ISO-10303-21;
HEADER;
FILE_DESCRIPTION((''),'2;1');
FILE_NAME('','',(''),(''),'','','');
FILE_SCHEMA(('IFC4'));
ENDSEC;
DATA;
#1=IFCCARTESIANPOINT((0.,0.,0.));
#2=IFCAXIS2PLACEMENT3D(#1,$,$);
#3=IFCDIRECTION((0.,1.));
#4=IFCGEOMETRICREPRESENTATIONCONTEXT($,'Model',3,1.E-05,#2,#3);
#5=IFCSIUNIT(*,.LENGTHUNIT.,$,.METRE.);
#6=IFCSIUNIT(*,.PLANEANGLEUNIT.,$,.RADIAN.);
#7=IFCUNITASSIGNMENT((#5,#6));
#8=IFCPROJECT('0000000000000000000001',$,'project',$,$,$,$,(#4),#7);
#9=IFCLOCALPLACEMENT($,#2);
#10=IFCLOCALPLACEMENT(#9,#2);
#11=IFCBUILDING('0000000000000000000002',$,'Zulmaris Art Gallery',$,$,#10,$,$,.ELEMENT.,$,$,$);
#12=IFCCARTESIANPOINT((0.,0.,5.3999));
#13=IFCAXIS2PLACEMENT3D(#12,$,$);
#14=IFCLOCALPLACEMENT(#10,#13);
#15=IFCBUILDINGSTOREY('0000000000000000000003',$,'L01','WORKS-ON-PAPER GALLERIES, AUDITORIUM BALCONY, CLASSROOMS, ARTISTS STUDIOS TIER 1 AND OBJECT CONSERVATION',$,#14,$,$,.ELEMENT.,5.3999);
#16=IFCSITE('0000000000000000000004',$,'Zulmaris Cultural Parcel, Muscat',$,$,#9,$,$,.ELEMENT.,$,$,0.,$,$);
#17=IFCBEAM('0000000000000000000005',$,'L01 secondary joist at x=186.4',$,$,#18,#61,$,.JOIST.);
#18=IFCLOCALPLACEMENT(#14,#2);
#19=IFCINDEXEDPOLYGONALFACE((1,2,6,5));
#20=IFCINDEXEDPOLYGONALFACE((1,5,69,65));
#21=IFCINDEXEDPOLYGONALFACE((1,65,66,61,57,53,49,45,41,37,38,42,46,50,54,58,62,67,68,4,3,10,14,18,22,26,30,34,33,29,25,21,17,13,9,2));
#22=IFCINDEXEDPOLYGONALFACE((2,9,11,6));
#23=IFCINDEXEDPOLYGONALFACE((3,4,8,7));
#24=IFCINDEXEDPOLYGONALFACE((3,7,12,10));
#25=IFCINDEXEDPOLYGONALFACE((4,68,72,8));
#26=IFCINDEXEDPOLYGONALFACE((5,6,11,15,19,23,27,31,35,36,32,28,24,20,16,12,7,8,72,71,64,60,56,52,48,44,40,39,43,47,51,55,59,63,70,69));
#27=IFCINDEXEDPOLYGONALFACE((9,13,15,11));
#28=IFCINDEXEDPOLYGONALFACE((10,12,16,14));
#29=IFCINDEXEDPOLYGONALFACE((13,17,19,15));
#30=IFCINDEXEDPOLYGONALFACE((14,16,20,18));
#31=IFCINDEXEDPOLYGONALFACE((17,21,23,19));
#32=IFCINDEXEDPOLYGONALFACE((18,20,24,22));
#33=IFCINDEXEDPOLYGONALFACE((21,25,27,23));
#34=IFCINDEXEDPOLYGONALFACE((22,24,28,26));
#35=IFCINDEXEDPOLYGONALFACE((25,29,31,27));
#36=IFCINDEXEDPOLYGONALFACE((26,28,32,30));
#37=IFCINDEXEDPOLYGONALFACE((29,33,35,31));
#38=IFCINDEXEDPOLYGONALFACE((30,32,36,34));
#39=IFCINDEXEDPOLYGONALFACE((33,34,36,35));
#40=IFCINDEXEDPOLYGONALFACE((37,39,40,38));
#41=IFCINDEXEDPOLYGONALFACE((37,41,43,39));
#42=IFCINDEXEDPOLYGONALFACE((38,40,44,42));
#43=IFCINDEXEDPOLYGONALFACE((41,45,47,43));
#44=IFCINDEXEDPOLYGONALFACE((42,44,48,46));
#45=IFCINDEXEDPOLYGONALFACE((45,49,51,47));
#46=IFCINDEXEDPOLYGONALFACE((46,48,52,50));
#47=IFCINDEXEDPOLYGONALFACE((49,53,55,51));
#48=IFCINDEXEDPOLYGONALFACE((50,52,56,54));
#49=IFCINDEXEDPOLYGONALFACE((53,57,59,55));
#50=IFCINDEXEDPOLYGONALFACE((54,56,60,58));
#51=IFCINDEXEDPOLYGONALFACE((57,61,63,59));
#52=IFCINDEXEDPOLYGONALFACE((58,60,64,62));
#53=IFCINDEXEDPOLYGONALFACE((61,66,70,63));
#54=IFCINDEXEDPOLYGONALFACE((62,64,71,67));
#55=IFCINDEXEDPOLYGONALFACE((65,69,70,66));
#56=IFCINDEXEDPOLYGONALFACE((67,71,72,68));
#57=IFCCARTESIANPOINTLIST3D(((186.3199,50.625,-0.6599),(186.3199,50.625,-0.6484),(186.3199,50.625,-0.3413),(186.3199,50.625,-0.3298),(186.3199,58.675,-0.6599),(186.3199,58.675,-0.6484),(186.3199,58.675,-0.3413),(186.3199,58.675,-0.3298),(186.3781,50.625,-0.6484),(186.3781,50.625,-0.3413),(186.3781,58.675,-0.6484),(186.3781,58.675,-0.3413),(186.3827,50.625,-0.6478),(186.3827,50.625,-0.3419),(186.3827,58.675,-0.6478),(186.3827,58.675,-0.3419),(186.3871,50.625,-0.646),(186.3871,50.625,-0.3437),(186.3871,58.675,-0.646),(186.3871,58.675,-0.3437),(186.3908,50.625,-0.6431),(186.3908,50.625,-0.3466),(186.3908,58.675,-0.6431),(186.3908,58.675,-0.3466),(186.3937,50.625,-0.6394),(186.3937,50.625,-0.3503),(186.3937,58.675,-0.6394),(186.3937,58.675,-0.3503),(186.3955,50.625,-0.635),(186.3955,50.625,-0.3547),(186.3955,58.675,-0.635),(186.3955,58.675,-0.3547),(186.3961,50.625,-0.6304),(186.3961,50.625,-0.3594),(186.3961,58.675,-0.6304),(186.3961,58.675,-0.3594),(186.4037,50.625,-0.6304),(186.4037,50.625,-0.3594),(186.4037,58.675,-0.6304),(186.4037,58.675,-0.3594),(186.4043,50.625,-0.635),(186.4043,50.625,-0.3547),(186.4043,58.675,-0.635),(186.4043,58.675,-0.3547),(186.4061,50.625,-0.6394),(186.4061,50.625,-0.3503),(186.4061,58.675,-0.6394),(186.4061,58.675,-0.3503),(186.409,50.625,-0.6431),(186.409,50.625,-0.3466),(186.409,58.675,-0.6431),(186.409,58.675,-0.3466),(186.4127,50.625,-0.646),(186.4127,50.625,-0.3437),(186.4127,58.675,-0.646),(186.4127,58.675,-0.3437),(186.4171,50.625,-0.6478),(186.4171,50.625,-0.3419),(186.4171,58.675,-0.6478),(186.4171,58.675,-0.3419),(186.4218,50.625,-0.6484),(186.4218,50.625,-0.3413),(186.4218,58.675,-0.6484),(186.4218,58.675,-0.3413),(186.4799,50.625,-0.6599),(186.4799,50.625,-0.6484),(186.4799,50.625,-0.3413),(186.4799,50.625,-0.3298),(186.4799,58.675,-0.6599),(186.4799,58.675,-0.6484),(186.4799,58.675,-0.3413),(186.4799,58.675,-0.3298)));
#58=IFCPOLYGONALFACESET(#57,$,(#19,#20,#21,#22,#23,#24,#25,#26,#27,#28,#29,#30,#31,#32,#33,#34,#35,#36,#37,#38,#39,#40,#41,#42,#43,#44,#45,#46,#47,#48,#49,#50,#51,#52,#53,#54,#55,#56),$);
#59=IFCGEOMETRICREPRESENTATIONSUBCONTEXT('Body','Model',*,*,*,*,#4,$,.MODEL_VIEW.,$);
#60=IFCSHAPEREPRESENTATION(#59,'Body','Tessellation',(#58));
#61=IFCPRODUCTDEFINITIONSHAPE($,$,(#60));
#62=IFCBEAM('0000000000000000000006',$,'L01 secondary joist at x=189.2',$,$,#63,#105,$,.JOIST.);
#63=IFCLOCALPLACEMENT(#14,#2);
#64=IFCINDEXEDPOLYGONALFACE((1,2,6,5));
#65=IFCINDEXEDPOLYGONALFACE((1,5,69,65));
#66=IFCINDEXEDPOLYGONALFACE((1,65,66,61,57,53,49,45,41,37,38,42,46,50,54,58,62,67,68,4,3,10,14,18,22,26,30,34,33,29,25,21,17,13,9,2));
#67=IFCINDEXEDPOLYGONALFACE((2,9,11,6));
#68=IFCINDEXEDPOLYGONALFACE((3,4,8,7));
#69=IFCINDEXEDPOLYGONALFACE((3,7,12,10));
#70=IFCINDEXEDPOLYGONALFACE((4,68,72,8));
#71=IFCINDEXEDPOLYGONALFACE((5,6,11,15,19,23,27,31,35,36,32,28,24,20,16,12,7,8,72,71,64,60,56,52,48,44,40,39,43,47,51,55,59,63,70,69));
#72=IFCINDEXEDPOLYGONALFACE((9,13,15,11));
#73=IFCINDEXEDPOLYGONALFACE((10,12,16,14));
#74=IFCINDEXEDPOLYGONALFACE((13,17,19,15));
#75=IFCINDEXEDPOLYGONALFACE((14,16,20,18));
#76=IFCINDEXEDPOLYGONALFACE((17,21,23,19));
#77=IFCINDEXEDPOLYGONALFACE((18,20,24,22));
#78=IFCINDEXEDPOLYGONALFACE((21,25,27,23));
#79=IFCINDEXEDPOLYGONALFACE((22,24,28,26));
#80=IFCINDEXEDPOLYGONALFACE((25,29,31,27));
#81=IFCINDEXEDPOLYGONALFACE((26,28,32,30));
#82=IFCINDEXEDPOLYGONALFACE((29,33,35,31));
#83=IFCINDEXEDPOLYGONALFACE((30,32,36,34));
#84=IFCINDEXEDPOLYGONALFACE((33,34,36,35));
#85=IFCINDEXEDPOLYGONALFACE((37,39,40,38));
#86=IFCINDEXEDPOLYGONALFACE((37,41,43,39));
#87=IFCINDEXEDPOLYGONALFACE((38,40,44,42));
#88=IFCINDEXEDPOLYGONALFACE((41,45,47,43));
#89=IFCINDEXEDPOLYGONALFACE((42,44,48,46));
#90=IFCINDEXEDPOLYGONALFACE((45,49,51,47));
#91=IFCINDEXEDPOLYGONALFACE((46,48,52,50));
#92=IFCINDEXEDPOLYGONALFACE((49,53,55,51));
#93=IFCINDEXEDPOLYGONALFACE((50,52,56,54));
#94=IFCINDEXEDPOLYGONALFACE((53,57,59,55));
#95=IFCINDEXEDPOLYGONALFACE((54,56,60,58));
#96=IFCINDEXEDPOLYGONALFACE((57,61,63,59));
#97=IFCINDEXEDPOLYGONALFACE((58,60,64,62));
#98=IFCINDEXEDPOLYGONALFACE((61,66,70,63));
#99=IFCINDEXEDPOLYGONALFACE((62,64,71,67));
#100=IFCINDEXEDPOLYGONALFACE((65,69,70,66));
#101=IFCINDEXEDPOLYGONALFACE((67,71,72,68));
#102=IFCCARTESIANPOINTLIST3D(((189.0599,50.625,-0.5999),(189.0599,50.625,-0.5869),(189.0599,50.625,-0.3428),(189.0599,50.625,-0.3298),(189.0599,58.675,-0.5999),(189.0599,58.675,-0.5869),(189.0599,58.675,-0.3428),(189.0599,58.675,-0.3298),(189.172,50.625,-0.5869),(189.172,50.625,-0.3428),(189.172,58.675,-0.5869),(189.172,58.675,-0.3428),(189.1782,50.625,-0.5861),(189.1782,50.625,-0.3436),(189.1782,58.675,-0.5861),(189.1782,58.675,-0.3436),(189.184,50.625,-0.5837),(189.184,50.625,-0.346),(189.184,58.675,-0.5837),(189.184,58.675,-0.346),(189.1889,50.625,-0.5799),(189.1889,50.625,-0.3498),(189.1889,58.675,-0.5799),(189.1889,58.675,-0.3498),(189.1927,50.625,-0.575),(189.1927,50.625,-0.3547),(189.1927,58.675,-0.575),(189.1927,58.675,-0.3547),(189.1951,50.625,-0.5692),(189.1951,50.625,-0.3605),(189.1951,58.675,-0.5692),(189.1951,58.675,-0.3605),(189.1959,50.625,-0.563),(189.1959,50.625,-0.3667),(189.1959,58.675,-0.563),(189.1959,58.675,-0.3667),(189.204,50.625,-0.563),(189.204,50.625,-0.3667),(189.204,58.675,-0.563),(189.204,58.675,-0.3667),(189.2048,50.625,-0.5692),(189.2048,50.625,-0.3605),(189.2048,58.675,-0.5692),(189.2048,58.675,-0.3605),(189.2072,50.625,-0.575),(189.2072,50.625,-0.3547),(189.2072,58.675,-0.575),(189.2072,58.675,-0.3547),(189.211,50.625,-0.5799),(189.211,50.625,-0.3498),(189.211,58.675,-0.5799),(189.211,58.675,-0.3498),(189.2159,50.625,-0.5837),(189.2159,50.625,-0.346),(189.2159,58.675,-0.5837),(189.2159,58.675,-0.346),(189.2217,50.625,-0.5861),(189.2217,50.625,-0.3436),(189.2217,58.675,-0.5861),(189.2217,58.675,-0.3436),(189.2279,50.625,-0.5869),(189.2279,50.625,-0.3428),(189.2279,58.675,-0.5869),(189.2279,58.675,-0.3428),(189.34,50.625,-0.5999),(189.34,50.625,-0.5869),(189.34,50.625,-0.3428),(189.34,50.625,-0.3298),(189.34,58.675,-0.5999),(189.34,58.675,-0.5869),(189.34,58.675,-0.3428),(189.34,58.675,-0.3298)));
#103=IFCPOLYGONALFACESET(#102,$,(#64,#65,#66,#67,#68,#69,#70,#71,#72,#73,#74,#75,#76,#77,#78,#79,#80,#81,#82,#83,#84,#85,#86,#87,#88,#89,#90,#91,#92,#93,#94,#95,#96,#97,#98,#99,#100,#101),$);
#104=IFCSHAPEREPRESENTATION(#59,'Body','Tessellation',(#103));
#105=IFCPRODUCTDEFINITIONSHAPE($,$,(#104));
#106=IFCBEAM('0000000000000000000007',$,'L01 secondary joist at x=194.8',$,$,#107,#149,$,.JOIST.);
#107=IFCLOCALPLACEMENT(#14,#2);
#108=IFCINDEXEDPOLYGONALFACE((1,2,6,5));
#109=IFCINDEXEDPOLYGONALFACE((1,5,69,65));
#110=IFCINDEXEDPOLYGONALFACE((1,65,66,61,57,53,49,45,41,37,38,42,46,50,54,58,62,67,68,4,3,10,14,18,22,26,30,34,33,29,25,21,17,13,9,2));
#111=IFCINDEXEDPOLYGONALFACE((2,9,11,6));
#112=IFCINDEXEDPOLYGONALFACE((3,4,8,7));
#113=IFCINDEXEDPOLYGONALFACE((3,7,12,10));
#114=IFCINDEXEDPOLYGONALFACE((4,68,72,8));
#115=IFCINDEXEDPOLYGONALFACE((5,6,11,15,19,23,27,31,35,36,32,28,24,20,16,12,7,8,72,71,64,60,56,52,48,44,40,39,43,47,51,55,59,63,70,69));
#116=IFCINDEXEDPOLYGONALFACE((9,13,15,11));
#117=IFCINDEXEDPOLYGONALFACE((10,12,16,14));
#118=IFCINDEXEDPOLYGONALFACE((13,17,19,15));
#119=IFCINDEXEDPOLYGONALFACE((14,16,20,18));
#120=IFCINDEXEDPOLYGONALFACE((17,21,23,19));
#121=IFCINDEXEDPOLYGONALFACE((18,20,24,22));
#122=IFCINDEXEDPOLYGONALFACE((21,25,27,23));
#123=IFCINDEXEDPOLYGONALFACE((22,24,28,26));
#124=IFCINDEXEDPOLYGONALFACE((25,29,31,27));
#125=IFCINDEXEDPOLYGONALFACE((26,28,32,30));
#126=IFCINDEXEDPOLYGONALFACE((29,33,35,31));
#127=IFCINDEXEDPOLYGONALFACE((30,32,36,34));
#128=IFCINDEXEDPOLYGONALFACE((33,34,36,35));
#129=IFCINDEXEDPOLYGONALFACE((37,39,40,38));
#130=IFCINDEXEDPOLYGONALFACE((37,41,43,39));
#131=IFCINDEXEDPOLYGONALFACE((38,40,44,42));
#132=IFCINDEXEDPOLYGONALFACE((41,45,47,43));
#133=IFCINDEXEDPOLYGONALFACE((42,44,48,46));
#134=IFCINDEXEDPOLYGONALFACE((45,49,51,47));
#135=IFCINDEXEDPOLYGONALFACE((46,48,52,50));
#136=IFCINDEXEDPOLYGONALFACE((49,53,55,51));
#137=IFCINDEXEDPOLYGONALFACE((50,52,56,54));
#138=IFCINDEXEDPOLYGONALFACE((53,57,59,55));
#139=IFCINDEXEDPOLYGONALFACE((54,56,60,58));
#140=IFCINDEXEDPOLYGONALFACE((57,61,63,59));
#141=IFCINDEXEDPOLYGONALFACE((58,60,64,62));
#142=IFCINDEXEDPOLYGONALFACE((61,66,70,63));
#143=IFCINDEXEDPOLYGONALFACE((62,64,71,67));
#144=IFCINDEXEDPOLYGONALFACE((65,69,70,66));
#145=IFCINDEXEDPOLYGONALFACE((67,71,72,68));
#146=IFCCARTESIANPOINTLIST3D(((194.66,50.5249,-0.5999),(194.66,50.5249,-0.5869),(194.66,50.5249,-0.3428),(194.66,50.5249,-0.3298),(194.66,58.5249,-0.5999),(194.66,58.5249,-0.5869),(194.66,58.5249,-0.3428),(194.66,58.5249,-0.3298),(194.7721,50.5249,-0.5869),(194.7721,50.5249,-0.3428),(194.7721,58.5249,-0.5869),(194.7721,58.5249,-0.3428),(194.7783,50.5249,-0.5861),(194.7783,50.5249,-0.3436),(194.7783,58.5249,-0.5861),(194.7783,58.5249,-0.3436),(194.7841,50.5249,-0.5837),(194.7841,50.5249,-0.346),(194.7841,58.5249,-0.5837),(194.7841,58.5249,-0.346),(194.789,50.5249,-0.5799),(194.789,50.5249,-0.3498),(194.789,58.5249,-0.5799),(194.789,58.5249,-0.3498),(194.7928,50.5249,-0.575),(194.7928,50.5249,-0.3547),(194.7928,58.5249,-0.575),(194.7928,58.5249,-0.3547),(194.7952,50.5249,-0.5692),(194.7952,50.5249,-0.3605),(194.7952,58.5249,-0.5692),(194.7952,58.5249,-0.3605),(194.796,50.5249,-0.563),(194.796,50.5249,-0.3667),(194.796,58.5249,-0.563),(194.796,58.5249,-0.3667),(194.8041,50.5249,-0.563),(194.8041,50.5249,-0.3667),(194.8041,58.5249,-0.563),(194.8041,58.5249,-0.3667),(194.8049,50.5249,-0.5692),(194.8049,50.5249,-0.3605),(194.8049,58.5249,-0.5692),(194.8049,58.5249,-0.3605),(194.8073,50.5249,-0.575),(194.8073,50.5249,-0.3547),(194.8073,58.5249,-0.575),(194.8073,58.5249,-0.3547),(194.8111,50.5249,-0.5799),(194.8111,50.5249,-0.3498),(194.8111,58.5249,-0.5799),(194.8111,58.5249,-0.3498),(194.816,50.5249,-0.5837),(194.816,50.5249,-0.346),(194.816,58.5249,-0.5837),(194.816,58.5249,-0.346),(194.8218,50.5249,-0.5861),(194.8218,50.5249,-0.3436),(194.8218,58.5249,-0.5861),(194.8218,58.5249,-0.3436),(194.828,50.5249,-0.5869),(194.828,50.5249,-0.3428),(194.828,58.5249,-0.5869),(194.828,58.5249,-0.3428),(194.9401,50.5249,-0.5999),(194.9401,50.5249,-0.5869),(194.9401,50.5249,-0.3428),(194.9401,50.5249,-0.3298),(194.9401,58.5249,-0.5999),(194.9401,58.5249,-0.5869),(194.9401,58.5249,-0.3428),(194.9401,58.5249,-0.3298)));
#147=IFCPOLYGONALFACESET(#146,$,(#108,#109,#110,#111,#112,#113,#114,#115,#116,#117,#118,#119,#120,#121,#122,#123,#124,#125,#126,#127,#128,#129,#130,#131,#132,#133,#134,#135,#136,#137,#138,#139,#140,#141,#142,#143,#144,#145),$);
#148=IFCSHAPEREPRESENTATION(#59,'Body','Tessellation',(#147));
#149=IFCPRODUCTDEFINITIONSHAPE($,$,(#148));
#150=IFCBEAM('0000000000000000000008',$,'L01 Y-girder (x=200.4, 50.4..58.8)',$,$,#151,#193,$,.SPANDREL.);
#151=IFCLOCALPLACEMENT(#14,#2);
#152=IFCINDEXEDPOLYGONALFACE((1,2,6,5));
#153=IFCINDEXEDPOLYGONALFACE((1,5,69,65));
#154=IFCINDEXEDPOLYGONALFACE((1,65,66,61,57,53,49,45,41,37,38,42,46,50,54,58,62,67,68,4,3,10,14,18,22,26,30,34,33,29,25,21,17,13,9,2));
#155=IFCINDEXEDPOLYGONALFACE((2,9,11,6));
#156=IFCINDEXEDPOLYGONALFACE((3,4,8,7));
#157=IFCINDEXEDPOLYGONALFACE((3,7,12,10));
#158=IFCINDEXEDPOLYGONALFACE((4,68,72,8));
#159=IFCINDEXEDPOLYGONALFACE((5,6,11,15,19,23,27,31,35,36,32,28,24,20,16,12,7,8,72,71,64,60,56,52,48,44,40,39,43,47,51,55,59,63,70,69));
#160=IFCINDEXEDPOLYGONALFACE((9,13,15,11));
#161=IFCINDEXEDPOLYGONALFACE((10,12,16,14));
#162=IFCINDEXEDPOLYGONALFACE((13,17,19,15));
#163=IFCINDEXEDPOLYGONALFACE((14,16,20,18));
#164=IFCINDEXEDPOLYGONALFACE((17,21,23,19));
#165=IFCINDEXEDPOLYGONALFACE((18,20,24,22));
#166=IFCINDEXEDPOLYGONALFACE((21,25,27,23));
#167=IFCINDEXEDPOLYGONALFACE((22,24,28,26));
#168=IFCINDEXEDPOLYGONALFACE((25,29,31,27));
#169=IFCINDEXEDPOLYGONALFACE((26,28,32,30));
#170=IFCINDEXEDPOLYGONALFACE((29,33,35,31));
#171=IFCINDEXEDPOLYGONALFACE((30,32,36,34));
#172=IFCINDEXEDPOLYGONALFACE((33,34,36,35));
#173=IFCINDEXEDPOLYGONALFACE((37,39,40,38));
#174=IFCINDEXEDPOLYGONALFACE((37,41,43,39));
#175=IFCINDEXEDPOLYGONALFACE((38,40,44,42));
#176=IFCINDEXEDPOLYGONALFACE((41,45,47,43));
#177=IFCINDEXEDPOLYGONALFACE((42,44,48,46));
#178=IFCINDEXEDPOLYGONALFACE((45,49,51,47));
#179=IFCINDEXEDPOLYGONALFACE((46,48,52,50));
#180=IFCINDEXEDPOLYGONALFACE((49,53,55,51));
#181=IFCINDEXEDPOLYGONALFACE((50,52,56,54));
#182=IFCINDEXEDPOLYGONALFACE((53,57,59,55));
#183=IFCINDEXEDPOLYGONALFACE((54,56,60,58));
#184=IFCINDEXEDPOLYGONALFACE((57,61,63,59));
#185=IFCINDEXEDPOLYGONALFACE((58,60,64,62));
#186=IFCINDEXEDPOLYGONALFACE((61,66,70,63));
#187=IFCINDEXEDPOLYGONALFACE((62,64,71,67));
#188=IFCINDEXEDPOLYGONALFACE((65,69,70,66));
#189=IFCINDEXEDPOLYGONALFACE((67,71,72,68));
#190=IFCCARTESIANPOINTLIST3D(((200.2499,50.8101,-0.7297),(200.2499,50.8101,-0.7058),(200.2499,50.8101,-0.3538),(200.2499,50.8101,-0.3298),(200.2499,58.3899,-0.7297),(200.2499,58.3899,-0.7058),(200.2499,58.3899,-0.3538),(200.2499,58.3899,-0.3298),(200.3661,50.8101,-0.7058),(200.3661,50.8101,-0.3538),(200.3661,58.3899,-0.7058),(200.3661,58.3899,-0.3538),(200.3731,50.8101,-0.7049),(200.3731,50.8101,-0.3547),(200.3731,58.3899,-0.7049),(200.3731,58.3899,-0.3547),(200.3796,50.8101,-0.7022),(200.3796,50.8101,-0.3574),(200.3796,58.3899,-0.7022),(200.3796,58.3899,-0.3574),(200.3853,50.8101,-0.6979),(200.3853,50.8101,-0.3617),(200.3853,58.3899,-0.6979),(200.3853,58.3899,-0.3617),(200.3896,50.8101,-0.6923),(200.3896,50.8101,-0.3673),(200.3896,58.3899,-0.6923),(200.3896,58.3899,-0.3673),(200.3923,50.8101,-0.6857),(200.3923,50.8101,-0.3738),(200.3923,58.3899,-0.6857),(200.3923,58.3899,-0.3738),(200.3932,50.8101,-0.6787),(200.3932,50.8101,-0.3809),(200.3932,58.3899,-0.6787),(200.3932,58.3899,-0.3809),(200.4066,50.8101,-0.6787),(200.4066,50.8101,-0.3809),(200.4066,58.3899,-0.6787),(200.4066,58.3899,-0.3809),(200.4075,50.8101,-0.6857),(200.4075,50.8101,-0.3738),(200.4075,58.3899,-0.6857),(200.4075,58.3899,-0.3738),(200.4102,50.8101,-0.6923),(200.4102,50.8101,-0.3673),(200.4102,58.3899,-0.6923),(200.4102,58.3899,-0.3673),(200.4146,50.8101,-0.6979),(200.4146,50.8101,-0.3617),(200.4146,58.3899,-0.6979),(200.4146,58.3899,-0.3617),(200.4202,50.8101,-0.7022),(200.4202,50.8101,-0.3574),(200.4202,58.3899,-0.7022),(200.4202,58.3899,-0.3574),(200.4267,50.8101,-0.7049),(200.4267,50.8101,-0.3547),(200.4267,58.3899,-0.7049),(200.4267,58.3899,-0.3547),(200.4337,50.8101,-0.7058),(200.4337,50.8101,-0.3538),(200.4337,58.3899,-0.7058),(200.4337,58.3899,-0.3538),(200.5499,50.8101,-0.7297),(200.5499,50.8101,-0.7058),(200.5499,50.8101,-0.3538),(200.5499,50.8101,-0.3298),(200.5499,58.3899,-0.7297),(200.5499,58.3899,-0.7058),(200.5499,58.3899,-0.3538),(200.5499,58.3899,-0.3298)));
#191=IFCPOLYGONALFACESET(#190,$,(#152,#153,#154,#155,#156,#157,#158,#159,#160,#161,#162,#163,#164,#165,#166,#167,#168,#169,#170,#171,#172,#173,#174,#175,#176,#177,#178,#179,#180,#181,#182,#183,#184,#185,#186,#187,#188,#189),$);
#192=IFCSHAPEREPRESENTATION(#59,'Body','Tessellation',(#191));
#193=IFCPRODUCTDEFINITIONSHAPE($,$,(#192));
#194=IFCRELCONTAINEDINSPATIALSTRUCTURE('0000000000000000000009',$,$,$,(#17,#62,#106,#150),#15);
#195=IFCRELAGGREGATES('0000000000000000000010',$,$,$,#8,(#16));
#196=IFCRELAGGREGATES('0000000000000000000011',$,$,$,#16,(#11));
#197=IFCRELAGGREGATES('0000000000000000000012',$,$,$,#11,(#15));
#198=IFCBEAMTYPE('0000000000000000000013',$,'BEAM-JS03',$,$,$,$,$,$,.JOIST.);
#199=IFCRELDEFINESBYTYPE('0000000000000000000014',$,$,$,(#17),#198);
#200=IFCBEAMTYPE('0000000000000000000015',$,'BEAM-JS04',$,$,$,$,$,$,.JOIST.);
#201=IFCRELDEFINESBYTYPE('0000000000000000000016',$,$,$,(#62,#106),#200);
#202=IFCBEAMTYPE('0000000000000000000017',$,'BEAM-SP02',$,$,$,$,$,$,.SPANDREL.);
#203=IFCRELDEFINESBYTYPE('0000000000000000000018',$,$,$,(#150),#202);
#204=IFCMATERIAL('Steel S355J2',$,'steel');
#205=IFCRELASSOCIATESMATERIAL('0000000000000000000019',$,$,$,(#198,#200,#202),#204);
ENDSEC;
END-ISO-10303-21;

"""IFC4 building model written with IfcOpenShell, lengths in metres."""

from ifc_helpers import new_model, si_unit, direction, frame, origin, origin_2d, place, context, subcontext, project, spatial, i_section, extrude, material, material_profile, profile_set, type_object, element, save


model = new_model("IFC4")

# Units and contexts
model_context = context("Model", 3, precision=1e-05, world=origin(), true_north=direction((0.0, 1.0)))
body_context = subcontext(model_context, "Body", "Model", "MODEL_VIEW")
ifc_project = project(units=[si_unit("LENGTHUNIT", "METRE"), si_unit("PLANEANGLEUNIT", "RADIAN")], contexts=[model_context])

# Site, building, storey
site_placement = place(None, origin())
site = spatial("IfcSite", under=ifc_project, at=site_placement, Name="Zulmaris Cultural Parcel, Muscat", CompositionType="ELEMENT", RefElevation=0.0)
building_placement = place(site_placement, origin())
building = spatial("IfcBuilding", under=site, at=building_placement, Name="Zulmaris Art Gallery", CompositionType="ELEMENT")
storey_placement = place(building_placement, frame((0.0, 0.0, 5.3999)))
storey = spatial("IfcBuildingStorey", under=building, at=storey_placement, Name="L01", Description="WORKS-ON-PAPER GALLERIES, AUDITORIUM BALCONY, CLASSROOMS, ARTISTS STUDIOS TIER 1 AND OBJECT CONSERVATION", CompositionType="ELEMENT", Elevation=5.3999)

# Beams
ifc_material_1 = material(Name="Steel S355J2", Category="steel")
ifc_material_profile_1 = material_profile(ifc_material_1, i_section(OverallWidth=0.1599, OverallDepth=0.3301, WebThickness=0.0076, FlangeThickness=0.0115, FilletRadius=0.0181, at=origin_2d()), Name="IPE 330")
ifc_profile_set_1 = profile_set([ifc_material_profile_1], Name="Steel S355J2")
beam_type_1 = type_object("IfcBeamType", Name="BEAM-JS03", PredefinedType="JOIST", material=ifc_profile_set_1)
beam_1_placement = place(storey_placement, frame((186.3999, 50.625, -0.4949), z_axis=(0.0, 1.0, 0.0), x_axis=(-1.0, 0.0, 0.0)))
element("IfcBeam", 1, at=beam_1_placement, inside=storey, type_object=beam_type_1, Name="L01 secondary joist at x=186.4", PredefinedType="JOIST", context=body_context, shape_type="SweptSolid", body=[
    extrude(i_section(OverallWidth=0.1599, OverallDepth=0.3301, WebThickness=0.0076, FlangeThickness=0.0115, FilletRadius=0.0181, at=origin_2d()), origin(), (0.0, 0.0, 1.0), 8.05),
])
ifc_material_profile_2 = material_profile(ifc_material_1, i_section(OverallWidth=0.28, OverallDepth=0.27, WebThickness=0.0081, FlangeThickness=0.0129, FilletRadius=0.0239, at=origin_2d()), Name="HEA 280")
ifc_profile_set_2 = profile_set([ifc_material_profile_2], Name="Steel S355J2")
beam_type_2 = type_object("IfcBeamType", Name="BEAM-JS04", PredefinedType="JOIST", material=ifc_profile_set_2)
beam_2_placement = place(storey_placement, frame((189.2, 50.625, -0.4648), z_axis=(0.0, 1.0, 0.0), x_axis=(-1.0, 0.0, 0.0)))
element("IfcBeam", 2, at=beam_2_placement, inside=storey, type_object=beam_type_2, Name="L01 secondary joist at x=189.2", PredefinedType="JOIST", context=body_context, shape_type="SweptSolid", body=[
    extrude(i_section(OverallWidth=0.28, OverallDepth=0.27, WebThickness=0.0081, FlangeThickness=0.0129, FilletRadius=0.0239, at=origin_2d()), origin(), (0.0, 0.0, 1.0), 8.05),
])
beam_3_placement = place(storey_placement, frame((194.8, 50.5249, -0.4648), z_axis=(0.0, 1.0, 0.0), x_axis=(-1.0, 0.0, 0.0)))
element("IfcBeam", 3, at=beam_3_placement, inside=storey, type_object=beam_type_2, Name="L01 secondary joist at x=194.8", PredefinedType="JOIST", context=body_context, shape_type="SweptSolid", body=[
    extrude(i_section(OverallWidth=0.28, OverallDepth=0.27, WebThickness=0.0081, FlangeThickness=0.0129, FilletRadius=0.0239, at=origin_2d()), origin(), (0.0, 0.0, 1.0), 8.0),
])
ifc_material_profile_3 = material_profile(ifc_material_1, i_section(OverallWidth=0.3, OverallDepth=0.3999, WebThickness=0.0134, FlangeThickness=0.0239, FilletRadius=0.0271, at=origin_2d()), Name="HEB 400")
ifc_profile_set_3 = profile_set([ifc_material_profile_3], Name="Steel S355J2")
beam_type_3 = type_object("IfcBeamType", Name="BEAM-SP02", PredefinedType="SPANDREL", material=ifc_profile_set_3)
beam_4_placement = place(storey_placement, frame((200.3999, 50.8101, -0.5298), z_axis=(0.0, 1.0, 0.0), x_axis=(-1.0, 0.0, 0.0)))
element("IfcBeam", 4, at=beam_4_placement, inside=storey, type_object=beam_type_3, Name="L01 Y-girder (x=200.4, 50.4..58.8)", PredefinedType="SPANDREL", context=body_context, shape_type="SweptSolid", body=[
    extrude(i_section(OverallWidth=0.3, OverallDepth=0.3999, WebThickness=0.0134, FlangeThickness=0.0239, FilletRadius=0.0271, at=origin_2d()), origin(), (0.0, 0.0, 1.0), 7.5798),
])

save(model, "model.ifc")
